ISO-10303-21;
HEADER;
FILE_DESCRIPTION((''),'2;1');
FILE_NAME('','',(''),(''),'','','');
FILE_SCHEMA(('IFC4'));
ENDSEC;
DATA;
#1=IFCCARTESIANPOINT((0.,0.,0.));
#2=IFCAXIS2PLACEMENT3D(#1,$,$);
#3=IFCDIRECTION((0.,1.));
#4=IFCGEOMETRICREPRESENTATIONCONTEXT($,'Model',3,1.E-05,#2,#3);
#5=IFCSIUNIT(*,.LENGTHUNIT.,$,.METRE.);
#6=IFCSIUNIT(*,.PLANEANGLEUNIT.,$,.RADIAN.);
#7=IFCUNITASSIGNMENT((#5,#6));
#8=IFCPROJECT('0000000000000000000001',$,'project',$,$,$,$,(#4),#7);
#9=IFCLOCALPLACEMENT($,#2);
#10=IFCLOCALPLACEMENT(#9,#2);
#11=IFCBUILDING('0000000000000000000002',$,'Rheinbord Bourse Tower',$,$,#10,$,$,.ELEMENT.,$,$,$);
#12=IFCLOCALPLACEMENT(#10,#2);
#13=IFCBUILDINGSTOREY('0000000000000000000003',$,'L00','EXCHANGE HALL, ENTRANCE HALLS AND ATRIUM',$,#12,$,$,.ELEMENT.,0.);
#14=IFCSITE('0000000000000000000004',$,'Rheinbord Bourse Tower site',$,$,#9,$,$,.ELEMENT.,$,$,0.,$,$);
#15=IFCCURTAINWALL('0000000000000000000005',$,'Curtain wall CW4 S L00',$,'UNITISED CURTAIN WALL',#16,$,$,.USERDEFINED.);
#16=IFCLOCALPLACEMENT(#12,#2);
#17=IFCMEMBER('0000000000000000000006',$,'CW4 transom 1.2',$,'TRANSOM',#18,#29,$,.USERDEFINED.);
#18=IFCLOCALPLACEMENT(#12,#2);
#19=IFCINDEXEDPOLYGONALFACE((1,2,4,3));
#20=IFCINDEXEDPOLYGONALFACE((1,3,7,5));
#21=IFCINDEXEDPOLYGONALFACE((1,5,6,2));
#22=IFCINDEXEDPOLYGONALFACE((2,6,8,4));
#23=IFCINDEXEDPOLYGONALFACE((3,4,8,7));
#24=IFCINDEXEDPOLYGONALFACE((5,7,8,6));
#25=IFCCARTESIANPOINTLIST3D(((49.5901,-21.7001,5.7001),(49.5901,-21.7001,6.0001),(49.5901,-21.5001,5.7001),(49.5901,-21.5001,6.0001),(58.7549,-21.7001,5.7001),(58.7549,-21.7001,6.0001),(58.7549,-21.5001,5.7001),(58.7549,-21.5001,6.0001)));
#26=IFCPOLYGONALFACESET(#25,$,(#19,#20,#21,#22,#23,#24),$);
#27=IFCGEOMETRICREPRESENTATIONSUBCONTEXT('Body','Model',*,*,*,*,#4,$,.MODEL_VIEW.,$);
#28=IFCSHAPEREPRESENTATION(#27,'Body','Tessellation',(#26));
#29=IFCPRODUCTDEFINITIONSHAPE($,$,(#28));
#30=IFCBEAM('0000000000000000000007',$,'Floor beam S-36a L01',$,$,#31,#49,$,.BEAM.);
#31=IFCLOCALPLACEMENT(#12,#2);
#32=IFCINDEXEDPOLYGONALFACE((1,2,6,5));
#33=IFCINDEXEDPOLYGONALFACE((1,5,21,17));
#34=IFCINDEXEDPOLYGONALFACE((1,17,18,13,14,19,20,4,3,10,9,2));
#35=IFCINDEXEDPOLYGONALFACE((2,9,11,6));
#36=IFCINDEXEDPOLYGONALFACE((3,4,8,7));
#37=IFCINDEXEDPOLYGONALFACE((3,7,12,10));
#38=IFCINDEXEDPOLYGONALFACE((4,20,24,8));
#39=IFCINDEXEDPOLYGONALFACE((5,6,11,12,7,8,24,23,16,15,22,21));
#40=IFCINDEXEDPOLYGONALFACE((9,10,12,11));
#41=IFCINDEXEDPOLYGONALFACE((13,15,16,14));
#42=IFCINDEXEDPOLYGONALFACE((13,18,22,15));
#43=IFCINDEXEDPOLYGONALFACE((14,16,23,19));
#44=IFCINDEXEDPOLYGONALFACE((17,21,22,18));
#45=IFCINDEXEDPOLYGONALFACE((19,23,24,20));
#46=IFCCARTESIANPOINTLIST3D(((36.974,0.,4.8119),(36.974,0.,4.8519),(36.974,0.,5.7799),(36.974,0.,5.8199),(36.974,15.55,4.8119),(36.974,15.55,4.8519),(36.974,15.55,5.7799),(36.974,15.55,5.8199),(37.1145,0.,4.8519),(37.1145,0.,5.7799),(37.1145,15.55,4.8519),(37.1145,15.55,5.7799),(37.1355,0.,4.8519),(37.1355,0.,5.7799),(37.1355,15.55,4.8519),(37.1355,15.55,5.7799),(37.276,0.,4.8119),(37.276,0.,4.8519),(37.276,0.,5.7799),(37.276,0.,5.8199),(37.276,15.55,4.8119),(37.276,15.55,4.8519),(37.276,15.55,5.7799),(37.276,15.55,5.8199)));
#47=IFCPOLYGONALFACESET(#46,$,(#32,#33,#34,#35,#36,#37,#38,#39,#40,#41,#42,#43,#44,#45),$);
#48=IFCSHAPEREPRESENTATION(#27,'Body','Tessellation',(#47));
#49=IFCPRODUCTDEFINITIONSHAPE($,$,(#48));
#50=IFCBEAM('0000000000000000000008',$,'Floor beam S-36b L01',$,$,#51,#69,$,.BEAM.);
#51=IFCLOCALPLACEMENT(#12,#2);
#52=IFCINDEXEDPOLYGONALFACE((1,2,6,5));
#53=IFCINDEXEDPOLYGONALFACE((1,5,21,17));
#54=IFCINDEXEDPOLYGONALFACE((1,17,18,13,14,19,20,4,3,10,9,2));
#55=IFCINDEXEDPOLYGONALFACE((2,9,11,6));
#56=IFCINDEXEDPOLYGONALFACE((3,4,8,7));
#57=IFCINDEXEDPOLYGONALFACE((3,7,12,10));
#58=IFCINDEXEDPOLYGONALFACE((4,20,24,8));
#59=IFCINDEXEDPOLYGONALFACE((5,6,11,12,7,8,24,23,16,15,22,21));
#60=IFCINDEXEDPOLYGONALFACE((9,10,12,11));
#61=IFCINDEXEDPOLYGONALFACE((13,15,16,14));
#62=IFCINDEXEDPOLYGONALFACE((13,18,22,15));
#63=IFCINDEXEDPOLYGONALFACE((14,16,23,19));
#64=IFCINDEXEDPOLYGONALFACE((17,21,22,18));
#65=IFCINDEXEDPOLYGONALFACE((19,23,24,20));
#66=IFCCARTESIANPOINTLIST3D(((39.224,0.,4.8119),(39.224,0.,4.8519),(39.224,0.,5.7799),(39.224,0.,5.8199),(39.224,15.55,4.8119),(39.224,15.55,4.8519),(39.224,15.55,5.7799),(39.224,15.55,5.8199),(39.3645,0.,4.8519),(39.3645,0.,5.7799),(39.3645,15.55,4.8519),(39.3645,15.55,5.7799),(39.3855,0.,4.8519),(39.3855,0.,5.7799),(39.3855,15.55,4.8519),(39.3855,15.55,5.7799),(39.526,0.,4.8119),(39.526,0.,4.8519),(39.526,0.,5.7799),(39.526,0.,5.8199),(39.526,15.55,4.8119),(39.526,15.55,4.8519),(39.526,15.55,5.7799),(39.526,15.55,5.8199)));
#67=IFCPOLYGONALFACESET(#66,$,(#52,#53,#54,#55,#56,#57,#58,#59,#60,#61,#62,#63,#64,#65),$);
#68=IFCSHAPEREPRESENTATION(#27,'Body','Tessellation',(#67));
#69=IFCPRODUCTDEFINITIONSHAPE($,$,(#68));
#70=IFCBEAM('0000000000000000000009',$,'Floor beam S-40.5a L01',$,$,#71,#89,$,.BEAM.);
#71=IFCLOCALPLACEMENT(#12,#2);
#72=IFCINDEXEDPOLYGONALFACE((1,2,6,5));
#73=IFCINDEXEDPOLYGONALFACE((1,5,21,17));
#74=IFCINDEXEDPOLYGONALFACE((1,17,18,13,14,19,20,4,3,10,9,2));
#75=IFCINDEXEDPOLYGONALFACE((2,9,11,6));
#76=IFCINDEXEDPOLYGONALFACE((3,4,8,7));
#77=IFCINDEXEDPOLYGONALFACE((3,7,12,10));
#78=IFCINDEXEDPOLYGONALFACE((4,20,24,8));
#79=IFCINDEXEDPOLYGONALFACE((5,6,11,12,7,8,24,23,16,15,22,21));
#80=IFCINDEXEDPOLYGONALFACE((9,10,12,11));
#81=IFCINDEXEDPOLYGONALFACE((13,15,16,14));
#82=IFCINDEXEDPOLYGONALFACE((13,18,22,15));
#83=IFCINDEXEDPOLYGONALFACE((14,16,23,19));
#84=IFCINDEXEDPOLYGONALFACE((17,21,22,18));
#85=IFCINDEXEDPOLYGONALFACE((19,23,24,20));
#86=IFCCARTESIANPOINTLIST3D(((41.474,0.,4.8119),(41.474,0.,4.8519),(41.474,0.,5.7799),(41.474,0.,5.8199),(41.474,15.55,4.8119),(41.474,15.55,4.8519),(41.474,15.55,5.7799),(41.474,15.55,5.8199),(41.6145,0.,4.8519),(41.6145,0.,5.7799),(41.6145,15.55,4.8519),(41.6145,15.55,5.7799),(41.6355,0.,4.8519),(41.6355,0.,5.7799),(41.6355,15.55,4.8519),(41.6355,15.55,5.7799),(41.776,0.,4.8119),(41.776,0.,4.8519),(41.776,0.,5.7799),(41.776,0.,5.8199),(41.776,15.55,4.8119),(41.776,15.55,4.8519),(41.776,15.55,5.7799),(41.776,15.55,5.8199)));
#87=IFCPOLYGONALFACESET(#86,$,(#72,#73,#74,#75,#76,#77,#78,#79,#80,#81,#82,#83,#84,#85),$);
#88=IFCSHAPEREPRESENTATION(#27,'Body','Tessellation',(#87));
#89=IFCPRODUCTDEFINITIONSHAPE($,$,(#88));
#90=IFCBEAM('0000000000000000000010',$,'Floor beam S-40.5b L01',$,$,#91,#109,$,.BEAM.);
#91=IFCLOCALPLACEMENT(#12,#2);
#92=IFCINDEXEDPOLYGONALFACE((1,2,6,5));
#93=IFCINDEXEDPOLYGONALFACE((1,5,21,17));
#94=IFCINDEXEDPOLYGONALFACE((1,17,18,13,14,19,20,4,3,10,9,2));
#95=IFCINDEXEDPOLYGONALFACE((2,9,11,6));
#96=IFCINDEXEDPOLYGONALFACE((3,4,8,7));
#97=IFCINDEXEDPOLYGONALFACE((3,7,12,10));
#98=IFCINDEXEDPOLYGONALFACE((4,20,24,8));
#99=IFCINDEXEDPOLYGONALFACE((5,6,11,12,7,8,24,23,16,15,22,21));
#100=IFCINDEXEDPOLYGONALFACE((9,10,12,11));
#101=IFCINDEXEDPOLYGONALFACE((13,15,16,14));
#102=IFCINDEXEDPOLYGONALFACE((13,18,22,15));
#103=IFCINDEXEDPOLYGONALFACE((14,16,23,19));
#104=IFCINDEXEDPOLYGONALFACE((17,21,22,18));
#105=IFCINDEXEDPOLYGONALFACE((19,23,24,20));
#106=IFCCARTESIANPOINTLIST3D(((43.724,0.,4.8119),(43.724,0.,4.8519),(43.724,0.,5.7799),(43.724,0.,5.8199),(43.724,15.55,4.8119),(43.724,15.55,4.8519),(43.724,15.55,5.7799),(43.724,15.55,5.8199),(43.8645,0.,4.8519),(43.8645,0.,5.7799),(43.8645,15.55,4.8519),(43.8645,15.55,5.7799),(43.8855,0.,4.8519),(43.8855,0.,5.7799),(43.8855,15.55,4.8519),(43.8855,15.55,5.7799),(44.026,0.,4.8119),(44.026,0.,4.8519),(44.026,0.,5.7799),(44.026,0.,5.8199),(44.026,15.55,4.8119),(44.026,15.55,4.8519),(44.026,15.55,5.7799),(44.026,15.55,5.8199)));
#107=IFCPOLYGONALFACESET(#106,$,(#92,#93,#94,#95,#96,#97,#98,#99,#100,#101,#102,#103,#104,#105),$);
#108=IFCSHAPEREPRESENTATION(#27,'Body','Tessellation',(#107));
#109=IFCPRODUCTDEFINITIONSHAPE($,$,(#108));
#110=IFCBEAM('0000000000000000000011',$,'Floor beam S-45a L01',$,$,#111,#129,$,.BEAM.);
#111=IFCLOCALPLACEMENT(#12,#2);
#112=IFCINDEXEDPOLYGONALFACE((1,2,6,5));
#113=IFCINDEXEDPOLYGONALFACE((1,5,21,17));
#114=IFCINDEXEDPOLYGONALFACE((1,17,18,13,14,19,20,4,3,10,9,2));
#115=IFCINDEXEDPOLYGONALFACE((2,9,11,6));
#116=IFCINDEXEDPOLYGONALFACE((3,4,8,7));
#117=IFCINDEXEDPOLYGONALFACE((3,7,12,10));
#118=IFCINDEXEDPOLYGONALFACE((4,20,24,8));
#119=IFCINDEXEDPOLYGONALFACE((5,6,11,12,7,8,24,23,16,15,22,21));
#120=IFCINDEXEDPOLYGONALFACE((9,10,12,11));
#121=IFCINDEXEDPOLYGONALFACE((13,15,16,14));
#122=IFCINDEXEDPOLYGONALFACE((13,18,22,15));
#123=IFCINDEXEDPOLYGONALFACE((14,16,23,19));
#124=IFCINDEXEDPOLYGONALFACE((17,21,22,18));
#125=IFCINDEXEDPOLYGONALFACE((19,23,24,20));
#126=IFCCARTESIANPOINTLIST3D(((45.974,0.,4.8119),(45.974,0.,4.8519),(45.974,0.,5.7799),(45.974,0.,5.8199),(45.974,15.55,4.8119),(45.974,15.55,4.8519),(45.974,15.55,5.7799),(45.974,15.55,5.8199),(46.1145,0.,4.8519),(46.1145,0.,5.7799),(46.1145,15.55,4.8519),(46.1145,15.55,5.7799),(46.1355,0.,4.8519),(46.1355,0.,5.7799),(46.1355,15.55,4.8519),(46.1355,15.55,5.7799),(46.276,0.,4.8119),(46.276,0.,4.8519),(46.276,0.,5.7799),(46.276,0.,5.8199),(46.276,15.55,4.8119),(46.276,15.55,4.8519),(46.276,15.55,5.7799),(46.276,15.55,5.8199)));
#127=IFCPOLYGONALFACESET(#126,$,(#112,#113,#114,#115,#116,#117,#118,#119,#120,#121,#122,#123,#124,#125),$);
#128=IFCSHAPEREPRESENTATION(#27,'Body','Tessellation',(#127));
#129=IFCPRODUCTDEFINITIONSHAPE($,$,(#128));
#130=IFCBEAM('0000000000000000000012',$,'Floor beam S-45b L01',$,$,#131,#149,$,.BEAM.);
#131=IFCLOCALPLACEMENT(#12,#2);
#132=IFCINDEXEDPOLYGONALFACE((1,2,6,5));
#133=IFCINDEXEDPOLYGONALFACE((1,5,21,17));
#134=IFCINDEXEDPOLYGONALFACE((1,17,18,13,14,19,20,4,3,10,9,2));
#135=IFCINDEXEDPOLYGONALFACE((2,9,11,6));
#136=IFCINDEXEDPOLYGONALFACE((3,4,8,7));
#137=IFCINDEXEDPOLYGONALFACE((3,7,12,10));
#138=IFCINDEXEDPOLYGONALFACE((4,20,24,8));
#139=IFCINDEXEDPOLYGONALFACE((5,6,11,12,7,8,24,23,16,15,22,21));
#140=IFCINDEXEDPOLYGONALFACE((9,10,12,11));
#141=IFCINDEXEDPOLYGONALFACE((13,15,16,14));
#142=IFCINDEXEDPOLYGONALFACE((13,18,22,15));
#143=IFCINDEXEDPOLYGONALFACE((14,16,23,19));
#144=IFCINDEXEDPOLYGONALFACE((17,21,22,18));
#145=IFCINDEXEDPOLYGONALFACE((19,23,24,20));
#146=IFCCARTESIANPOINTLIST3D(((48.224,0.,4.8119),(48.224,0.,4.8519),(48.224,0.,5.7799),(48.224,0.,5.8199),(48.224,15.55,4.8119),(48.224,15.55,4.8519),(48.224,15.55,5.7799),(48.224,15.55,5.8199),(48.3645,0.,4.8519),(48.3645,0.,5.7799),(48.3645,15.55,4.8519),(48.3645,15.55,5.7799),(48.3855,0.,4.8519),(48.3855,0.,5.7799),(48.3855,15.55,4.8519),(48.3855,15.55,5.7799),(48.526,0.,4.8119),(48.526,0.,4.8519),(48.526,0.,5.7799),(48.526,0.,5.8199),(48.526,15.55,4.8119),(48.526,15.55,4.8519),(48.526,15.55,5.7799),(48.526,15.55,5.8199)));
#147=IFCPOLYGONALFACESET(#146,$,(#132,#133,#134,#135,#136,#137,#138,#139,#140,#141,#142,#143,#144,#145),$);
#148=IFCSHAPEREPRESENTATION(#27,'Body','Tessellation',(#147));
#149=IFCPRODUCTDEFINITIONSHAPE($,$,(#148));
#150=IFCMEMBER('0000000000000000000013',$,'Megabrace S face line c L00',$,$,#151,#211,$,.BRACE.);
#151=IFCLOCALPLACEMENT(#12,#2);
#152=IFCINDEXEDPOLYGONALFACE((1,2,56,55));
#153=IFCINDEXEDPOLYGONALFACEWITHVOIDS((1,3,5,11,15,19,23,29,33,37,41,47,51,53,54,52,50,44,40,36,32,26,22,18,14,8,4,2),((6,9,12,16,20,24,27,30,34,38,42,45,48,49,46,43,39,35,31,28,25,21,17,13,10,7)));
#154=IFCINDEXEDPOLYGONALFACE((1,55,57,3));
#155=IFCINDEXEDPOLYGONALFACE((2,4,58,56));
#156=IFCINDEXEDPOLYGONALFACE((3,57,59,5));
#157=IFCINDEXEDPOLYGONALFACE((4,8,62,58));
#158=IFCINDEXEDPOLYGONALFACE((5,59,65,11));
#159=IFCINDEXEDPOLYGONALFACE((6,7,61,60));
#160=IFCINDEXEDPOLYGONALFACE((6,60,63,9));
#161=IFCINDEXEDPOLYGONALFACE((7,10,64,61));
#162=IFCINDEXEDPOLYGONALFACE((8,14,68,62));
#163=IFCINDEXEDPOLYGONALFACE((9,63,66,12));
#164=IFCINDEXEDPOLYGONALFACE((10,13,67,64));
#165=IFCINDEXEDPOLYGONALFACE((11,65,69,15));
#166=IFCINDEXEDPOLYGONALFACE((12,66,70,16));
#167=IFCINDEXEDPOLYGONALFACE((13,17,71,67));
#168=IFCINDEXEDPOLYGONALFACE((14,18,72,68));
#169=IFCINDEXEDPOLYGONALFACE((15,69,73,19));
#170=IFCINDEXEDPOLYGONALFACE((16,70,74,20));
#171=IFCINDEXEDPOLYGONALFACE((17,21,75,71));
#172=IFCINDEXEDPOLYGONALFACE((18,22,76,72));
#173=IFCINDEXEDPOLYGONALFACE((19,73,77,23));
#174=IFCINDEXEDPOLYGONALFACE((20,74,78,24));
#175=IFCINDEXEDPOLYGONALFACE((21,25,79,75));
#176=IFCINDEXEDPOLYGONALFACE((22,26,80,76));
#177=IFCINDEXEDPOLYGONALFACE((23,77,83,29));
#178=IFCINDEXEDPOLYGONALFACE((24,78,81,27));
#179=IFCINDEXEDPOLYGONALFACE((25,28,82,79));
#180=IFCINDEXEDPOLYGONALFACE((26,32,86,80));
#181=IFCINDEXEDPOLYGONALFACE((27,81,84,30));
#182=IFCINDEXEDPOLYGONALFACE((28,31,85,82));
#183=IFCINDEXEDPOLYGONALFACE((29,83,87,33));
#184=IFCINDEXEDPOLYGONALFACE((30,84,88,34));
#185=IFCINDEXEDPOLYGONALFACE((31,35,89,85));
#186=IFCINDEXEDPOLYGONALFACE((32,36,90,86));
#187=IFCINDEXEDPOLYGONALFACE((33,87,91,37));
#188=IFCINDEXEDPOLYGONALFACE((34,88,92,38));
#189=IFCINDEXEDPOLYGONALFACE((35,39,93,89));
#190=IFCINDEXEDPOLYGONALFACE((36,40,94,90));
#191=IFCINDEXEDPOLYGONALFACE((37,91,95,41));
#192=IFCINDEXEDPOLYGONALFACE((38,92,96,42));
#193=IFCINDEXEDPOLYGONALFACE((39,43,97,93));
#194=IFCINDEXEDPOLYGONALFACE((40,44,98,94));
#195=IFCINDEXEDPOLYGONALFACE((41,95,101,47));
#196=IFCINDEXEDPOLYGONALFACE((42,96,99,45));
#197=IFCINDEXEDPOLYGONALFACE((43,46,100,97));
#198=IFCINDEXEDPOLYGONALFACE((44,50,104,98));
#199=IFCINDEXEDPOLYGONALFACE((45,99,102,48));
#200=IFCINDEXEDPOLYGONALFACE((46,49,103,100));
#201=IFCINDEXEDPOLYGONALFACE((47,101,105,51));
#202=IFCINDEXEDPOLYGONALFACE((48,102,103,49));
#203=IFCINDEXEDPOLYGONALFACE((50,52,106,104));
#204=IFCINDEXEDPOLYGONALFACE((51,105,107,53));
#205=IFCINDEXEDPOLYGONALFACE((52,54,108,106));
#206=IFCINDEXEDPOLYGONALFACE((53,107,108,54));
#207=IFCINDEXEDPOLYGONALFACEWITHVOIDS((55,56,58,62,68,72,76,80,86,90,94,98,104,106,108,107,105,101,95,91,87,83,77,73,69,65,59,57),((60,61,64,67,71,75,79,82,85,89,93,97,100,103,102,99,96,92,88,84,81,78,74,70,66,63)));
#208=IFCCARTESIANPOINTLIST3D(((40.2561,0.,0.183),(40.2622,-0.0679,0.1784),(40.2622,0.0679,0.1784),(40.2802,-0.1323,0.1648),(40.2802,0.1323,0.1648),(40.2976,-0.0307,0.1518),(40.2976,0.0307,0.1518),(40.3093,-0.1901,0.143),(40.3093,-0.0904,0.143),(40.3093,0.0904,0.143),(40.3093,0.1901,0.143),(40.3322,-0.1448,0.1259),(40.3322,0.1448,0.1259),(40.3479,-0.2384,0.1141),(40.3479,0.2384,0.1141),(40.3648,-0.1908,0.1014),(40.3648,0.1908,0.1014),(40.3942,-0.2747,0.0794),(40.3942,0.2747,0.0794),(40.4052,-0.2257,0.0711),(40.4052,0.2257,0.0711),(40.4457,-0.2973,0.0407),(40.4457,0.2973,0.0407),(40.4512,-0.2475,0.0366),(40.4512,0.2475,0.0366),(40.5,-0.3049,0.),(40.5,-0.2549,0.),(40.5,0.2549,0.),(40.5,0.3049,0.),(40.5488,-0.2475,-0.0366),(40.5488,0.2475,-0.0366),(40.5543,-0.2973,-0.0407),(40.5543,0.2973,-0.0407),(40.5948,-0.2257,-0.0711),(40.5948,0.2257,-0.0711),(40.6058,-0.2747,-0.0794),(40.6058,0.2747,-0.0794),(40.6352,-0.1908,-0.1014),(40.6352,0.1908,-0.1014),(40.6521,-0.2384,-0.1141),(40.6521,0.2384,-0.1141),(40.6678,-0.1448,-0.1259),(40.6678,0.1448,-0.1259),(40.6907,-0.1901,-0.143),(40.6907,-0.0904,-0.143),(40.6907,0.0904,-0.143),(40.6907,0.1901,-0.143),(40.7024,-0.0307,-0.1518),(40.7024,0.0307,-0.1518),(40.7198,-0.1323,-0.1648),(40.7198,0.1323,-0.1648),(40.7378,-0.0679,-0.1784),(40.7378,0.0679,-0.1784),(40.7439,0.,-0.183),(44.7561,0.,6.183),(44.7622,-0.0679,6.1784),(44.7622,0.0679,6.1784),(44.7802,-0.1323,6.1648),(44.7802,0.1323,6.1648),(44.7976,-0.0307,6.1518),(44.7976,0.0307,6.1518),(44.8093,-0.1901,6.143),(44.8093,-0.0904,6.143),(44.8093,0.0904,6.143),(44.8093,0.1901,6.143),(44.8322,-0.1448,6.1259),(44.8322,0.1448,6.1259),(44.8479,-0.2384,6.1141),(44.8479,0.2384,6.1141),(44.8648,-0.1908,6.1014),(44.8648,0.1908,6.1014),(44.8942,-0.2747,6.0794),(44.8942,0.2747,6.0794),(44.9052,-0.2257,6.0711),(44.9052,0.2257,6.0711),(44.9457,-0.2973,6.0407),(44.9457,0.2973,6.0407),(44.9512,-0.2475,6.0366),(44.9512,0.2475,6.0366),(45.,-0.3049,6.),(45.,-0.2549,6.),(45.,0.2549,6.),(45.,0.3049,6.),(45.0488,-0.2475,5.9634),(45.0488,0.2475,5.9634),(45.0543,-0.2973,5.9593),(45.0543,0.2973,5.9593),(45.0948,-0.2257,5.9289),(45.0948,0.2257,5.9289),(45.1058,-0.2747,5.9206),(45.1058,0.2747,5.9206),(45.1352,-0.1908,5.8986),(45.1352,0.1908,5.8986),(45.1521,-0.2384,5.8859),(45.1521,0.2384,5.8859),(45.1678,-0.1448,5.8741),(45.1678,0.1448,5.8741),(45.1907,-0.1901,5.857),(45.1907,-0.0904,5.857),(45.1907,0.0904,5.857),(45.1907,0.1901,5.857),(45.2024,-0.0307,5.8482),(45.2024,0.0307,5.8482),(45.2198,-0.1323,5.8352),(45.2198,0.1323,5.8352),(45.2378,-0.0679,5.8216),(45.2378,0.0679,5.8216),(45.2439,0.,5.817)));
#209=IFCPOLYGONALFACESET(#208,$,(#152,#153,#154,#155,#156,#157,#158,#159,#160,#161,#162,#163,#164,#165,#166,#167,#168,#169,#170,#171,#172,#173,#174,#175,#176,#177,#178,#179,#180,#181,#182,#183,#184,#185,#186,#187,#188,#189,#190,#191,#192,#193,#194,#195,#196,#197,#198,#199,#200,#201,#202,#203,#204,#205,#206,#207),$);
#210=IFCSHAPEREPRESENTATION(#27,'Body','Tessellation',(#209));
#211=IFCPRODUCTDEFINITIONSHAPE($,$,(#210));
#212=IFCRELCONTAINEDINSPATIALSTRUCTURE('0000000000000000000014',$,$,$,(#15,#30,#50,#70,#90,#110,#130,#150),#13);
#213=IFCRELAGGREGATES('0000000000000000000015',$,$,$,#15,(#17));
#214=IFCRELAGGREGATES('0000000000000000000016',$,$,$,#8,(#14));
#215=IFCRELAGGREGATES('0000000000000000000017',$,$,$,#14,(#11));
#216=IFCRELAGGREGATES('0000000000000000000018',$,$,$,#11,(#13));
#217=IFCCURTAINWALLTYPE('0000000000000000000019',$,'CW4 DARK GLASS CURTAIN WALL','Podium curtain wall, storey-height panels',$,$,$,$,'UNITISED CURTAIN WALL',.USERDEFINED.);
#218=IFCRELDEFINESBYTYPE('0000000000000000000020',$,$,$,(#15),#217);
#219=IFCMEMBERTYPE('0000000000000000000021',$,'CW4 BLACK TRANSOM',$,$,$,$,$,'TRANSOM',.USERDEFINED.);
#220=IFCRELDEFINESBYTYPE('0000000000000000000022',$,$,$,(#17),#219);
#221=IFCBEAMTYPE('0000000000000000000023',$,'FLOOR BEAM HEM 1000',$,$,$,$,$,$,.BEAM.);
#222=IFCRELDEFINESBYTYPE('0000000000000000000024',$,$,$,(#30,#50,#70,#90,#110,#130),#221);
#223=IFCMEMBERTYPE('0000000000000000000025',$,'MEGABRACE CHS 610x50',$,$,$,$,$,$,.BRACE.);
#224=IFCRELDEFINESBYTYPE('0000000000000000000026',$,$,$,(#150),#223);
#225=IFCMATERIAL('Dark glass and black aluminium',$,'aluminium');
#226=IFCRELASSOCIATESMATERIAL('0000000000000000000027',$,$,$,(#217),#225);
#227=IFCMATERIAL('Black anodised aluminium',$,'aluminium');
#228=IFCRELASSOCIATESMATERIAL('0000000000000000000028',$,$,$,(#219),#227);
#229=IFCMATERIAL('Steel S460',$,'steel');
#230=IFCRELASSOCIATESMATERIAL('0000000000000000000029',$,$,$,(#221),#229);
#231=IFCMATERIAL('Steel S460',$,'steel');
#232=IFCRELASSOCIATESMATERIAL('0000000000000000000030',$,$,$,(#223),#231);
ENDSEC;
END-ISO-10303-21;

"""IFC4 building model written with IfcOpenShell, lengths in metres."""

from ifc_helpers import new_model, si_unit, direction, frame, origin, origin_2d, place, context, subcontext, project, spatial, rectangle, hollow_circle, i_section, extrude, material, material_profile, profile_set, type_object, element, aggregate, save


model = new_model("IFC4")

# Units and contexts
model_context = context("Model", 3, precision=1e-05, world=origin(), true_north=direction((0.0, 1.0)))
body_context = subcontext(model_context, "Body", "Model", "MODEL_VIEW")
ifc_project = project(units=[si_unit("LENGTHUNIT", "METRE"), si_unit("PLANEANGLEUNIT", "RADIAN")], contexts=[model_context])

# Site, building, storey
site_placement = place(None, origin())
site = spatial("IfcSite", under=ifc_project, at=site_placement, Name="Rheinbord Bourse Tower site", CompositionType="ELEMENT", RefElevation=0.0)
building_placement = place(site_placement, origin())
building = spatial("IfcBuilding", under=site, at=building_placement, Name="Rheinbord Bourse Tower", CompositionType="ELEMENT")
storey_placement = place(building_placement, origin())
storey = spatial("IfcBuildingStorey", under=building, at=storey_placement, Name="L00", Description="EXCHANGE HALL, ENTRANCE HALLS AND ATRIUM", CompositionType="ELEMENT", Elevation=0.0)

# Curtain wall, member
ifc_material_1 = material(Name="Dark glass and black aluminium", Category="aluminium")
curtain_wall_type = type_object("IfcCurtainWallType", Name="CW4 DARK GLASS CURTAIN WALL", Description="Podium curtain wall, storey-height panels", ElementType="UNITISED CURTAIN WALL", PredefinedType="USERDEFINED", material=ifc_material_1)
curtain_wall_placement = place(storey_placement, origin())
curtain_wall = element("IfcCurtainWall", 1, at=curtain_wall_placement, inside=storey, type_object=curtain_wall_type, Name="Curtain wall CW4 S L00", ObjectType="UNITISED CURTAIN WALL", PredefinedType="USERDEFINED")
ifc_material_2 = material(Name="Black anodised aluminium", Category="aluminium")
ifc_material_profile_1 = material_profile(ifc_material_2, rectangle(XDim=0.2, YDim=0.3, at=origin_2d()), Name="CW4 TRANSOM 300x200")
ifc_profile_set_1 = profile_set([ifc_material_profile_1], Name="Black anodised aluminium")
member_type_1 = type_object("IfcMemberType", Name="CW4 BLACK TRANSOM", ElementType="TRANSOM", PredefinedType="USERDEFINED", material=ifc_profile_set_1)
member_1_placement = place(storey_placement, frame((49.5901, -21.6001, 5.8501), z_axis=(1.0, 0.0, 0.0), x_axis=(0.0, 1.0, 0.0)))
member_1 = element("IfcMember", 2, at=member_1_placement, type_object=member_type_1, Name="CW4 transom 1.2", ObjectType="TRANSOM", PredefinedType="USERDEFINED", context=body_context, shape_type="SweptSolid", body=[
    extrude(rectangle(XDim=0.2, YDim=0.3, at=origin_2d()), origin(), (0.0, 0.0, 1.0), 9.1648),
])

# Beams
ifc_material_3 = material(Name="Steel S460", Category="steel")
ifc_material_profile_2 = material_profile(ifc_material_3, i_section(OverallWidth=0.302, OverallDepth=1.0081, WebThickness=0.021, FlangeThickness=0.04, at=origin_2d()), Name="HEM 1000")
ifc_profile_set_2 = profile_set([ifc_material_profile_2], Name="Steel S460")
beam_type_1 = type_object("IfcBeamType", Name="FLOOR BEAM HEM 1000", PredefinedType="BEAM", material=ifc_profile_set_2)
for number, where, z_axis, x_axis, name in (
    (3, (37.125, 0.0, 5.3159), (0.0, 1.0, 0.0), (-1.0, 0.0, 0.0), "Floor beam S-36a L01"),
    (4, (39.375, 0.0, 5.3159), (0.0, 1.0, 0.0), (-1.0, 0.0, 0.0), "Floor beam S-36b L01"),
    (5, (41.625, 0.0, 5.3159), (0.0, 1.0, 0.0), (-1.0, 0.0, 0.0), "Floor beam S-40.5a L01"),
    (6, (43.875, 0.0, 5.3159), (0.0, 1.0, 0.0), (-1.0, 0.0, 0.0), "Floor beam S-40.5b L01"),
    (7, (46.125, 0.0, 5.3159), (0.0, 1.0, 0.0), (-1.0, 0.0, 0.0), "Floor beam S-45a L01"),
    (8, (48.375, 0.0, 5.3159), (0.0, 1.0, 0.0), (-1.0, 0.0, 0.0), "Floor beam S-45b L01"),
):
    element("IfcBeam", number, at=place(storey_placement, frame(where, z_axis=z_axis, x_axis=x_axis)), inside=storey, type_object=beam_type_1, Name=name, PredefinedType="BEAM", context=body_context, shape_type="SweptSolid", body=[
        extrude(i_section(OverallWidth=0.302, OverallDepth=1.0081, WebThickness=0.021, FlangeThickness=0.04, at=origin_2d()), origin(), (0.0, 0.0, 1.0), 15.55),
    ])

# Member
ifc_material_4 = material(Name="Steel S460", Category="steel")
ifc_material_profile_3 = material_profile(ifc_material_4, hollow_circle(Radius=0.3049, WallThickness=0.05, at=origin_2d()), Name="CHS 610x50")
ifc_profile_set_3 = profile_set([ifc_material_profile_3], Name="Steel S460")
member_type_2 = type_object("IfcMemberType", Name="MEGABRACE CHS 610x50", PredefinedType="BRACE", material=ifc_profile_set_3)
member_2_placement = place(storey_placement, frame((40.5, 0.0, 0.0), z_axis=(0.6, 0.0, 0.8), x_axis=(0.0, 1.0, 0.0)))
element("IfcMember", 9, at=member_2_placement, inside=storey, type_object=member_type_2, Name="Megabrace S face line c L00", PredefinedType="BRACE", context=body_context, shape_type="SweptSolid", body=[
    extrude(hollow_circle(Radius=0.3049, WallThickness=0.05, at=origin_2d()), origin(), (0.0, 0.0, 1.0), 7.5),
])

aggregate(curtain_wall, [member_1])

save(model, "model.ifc")
